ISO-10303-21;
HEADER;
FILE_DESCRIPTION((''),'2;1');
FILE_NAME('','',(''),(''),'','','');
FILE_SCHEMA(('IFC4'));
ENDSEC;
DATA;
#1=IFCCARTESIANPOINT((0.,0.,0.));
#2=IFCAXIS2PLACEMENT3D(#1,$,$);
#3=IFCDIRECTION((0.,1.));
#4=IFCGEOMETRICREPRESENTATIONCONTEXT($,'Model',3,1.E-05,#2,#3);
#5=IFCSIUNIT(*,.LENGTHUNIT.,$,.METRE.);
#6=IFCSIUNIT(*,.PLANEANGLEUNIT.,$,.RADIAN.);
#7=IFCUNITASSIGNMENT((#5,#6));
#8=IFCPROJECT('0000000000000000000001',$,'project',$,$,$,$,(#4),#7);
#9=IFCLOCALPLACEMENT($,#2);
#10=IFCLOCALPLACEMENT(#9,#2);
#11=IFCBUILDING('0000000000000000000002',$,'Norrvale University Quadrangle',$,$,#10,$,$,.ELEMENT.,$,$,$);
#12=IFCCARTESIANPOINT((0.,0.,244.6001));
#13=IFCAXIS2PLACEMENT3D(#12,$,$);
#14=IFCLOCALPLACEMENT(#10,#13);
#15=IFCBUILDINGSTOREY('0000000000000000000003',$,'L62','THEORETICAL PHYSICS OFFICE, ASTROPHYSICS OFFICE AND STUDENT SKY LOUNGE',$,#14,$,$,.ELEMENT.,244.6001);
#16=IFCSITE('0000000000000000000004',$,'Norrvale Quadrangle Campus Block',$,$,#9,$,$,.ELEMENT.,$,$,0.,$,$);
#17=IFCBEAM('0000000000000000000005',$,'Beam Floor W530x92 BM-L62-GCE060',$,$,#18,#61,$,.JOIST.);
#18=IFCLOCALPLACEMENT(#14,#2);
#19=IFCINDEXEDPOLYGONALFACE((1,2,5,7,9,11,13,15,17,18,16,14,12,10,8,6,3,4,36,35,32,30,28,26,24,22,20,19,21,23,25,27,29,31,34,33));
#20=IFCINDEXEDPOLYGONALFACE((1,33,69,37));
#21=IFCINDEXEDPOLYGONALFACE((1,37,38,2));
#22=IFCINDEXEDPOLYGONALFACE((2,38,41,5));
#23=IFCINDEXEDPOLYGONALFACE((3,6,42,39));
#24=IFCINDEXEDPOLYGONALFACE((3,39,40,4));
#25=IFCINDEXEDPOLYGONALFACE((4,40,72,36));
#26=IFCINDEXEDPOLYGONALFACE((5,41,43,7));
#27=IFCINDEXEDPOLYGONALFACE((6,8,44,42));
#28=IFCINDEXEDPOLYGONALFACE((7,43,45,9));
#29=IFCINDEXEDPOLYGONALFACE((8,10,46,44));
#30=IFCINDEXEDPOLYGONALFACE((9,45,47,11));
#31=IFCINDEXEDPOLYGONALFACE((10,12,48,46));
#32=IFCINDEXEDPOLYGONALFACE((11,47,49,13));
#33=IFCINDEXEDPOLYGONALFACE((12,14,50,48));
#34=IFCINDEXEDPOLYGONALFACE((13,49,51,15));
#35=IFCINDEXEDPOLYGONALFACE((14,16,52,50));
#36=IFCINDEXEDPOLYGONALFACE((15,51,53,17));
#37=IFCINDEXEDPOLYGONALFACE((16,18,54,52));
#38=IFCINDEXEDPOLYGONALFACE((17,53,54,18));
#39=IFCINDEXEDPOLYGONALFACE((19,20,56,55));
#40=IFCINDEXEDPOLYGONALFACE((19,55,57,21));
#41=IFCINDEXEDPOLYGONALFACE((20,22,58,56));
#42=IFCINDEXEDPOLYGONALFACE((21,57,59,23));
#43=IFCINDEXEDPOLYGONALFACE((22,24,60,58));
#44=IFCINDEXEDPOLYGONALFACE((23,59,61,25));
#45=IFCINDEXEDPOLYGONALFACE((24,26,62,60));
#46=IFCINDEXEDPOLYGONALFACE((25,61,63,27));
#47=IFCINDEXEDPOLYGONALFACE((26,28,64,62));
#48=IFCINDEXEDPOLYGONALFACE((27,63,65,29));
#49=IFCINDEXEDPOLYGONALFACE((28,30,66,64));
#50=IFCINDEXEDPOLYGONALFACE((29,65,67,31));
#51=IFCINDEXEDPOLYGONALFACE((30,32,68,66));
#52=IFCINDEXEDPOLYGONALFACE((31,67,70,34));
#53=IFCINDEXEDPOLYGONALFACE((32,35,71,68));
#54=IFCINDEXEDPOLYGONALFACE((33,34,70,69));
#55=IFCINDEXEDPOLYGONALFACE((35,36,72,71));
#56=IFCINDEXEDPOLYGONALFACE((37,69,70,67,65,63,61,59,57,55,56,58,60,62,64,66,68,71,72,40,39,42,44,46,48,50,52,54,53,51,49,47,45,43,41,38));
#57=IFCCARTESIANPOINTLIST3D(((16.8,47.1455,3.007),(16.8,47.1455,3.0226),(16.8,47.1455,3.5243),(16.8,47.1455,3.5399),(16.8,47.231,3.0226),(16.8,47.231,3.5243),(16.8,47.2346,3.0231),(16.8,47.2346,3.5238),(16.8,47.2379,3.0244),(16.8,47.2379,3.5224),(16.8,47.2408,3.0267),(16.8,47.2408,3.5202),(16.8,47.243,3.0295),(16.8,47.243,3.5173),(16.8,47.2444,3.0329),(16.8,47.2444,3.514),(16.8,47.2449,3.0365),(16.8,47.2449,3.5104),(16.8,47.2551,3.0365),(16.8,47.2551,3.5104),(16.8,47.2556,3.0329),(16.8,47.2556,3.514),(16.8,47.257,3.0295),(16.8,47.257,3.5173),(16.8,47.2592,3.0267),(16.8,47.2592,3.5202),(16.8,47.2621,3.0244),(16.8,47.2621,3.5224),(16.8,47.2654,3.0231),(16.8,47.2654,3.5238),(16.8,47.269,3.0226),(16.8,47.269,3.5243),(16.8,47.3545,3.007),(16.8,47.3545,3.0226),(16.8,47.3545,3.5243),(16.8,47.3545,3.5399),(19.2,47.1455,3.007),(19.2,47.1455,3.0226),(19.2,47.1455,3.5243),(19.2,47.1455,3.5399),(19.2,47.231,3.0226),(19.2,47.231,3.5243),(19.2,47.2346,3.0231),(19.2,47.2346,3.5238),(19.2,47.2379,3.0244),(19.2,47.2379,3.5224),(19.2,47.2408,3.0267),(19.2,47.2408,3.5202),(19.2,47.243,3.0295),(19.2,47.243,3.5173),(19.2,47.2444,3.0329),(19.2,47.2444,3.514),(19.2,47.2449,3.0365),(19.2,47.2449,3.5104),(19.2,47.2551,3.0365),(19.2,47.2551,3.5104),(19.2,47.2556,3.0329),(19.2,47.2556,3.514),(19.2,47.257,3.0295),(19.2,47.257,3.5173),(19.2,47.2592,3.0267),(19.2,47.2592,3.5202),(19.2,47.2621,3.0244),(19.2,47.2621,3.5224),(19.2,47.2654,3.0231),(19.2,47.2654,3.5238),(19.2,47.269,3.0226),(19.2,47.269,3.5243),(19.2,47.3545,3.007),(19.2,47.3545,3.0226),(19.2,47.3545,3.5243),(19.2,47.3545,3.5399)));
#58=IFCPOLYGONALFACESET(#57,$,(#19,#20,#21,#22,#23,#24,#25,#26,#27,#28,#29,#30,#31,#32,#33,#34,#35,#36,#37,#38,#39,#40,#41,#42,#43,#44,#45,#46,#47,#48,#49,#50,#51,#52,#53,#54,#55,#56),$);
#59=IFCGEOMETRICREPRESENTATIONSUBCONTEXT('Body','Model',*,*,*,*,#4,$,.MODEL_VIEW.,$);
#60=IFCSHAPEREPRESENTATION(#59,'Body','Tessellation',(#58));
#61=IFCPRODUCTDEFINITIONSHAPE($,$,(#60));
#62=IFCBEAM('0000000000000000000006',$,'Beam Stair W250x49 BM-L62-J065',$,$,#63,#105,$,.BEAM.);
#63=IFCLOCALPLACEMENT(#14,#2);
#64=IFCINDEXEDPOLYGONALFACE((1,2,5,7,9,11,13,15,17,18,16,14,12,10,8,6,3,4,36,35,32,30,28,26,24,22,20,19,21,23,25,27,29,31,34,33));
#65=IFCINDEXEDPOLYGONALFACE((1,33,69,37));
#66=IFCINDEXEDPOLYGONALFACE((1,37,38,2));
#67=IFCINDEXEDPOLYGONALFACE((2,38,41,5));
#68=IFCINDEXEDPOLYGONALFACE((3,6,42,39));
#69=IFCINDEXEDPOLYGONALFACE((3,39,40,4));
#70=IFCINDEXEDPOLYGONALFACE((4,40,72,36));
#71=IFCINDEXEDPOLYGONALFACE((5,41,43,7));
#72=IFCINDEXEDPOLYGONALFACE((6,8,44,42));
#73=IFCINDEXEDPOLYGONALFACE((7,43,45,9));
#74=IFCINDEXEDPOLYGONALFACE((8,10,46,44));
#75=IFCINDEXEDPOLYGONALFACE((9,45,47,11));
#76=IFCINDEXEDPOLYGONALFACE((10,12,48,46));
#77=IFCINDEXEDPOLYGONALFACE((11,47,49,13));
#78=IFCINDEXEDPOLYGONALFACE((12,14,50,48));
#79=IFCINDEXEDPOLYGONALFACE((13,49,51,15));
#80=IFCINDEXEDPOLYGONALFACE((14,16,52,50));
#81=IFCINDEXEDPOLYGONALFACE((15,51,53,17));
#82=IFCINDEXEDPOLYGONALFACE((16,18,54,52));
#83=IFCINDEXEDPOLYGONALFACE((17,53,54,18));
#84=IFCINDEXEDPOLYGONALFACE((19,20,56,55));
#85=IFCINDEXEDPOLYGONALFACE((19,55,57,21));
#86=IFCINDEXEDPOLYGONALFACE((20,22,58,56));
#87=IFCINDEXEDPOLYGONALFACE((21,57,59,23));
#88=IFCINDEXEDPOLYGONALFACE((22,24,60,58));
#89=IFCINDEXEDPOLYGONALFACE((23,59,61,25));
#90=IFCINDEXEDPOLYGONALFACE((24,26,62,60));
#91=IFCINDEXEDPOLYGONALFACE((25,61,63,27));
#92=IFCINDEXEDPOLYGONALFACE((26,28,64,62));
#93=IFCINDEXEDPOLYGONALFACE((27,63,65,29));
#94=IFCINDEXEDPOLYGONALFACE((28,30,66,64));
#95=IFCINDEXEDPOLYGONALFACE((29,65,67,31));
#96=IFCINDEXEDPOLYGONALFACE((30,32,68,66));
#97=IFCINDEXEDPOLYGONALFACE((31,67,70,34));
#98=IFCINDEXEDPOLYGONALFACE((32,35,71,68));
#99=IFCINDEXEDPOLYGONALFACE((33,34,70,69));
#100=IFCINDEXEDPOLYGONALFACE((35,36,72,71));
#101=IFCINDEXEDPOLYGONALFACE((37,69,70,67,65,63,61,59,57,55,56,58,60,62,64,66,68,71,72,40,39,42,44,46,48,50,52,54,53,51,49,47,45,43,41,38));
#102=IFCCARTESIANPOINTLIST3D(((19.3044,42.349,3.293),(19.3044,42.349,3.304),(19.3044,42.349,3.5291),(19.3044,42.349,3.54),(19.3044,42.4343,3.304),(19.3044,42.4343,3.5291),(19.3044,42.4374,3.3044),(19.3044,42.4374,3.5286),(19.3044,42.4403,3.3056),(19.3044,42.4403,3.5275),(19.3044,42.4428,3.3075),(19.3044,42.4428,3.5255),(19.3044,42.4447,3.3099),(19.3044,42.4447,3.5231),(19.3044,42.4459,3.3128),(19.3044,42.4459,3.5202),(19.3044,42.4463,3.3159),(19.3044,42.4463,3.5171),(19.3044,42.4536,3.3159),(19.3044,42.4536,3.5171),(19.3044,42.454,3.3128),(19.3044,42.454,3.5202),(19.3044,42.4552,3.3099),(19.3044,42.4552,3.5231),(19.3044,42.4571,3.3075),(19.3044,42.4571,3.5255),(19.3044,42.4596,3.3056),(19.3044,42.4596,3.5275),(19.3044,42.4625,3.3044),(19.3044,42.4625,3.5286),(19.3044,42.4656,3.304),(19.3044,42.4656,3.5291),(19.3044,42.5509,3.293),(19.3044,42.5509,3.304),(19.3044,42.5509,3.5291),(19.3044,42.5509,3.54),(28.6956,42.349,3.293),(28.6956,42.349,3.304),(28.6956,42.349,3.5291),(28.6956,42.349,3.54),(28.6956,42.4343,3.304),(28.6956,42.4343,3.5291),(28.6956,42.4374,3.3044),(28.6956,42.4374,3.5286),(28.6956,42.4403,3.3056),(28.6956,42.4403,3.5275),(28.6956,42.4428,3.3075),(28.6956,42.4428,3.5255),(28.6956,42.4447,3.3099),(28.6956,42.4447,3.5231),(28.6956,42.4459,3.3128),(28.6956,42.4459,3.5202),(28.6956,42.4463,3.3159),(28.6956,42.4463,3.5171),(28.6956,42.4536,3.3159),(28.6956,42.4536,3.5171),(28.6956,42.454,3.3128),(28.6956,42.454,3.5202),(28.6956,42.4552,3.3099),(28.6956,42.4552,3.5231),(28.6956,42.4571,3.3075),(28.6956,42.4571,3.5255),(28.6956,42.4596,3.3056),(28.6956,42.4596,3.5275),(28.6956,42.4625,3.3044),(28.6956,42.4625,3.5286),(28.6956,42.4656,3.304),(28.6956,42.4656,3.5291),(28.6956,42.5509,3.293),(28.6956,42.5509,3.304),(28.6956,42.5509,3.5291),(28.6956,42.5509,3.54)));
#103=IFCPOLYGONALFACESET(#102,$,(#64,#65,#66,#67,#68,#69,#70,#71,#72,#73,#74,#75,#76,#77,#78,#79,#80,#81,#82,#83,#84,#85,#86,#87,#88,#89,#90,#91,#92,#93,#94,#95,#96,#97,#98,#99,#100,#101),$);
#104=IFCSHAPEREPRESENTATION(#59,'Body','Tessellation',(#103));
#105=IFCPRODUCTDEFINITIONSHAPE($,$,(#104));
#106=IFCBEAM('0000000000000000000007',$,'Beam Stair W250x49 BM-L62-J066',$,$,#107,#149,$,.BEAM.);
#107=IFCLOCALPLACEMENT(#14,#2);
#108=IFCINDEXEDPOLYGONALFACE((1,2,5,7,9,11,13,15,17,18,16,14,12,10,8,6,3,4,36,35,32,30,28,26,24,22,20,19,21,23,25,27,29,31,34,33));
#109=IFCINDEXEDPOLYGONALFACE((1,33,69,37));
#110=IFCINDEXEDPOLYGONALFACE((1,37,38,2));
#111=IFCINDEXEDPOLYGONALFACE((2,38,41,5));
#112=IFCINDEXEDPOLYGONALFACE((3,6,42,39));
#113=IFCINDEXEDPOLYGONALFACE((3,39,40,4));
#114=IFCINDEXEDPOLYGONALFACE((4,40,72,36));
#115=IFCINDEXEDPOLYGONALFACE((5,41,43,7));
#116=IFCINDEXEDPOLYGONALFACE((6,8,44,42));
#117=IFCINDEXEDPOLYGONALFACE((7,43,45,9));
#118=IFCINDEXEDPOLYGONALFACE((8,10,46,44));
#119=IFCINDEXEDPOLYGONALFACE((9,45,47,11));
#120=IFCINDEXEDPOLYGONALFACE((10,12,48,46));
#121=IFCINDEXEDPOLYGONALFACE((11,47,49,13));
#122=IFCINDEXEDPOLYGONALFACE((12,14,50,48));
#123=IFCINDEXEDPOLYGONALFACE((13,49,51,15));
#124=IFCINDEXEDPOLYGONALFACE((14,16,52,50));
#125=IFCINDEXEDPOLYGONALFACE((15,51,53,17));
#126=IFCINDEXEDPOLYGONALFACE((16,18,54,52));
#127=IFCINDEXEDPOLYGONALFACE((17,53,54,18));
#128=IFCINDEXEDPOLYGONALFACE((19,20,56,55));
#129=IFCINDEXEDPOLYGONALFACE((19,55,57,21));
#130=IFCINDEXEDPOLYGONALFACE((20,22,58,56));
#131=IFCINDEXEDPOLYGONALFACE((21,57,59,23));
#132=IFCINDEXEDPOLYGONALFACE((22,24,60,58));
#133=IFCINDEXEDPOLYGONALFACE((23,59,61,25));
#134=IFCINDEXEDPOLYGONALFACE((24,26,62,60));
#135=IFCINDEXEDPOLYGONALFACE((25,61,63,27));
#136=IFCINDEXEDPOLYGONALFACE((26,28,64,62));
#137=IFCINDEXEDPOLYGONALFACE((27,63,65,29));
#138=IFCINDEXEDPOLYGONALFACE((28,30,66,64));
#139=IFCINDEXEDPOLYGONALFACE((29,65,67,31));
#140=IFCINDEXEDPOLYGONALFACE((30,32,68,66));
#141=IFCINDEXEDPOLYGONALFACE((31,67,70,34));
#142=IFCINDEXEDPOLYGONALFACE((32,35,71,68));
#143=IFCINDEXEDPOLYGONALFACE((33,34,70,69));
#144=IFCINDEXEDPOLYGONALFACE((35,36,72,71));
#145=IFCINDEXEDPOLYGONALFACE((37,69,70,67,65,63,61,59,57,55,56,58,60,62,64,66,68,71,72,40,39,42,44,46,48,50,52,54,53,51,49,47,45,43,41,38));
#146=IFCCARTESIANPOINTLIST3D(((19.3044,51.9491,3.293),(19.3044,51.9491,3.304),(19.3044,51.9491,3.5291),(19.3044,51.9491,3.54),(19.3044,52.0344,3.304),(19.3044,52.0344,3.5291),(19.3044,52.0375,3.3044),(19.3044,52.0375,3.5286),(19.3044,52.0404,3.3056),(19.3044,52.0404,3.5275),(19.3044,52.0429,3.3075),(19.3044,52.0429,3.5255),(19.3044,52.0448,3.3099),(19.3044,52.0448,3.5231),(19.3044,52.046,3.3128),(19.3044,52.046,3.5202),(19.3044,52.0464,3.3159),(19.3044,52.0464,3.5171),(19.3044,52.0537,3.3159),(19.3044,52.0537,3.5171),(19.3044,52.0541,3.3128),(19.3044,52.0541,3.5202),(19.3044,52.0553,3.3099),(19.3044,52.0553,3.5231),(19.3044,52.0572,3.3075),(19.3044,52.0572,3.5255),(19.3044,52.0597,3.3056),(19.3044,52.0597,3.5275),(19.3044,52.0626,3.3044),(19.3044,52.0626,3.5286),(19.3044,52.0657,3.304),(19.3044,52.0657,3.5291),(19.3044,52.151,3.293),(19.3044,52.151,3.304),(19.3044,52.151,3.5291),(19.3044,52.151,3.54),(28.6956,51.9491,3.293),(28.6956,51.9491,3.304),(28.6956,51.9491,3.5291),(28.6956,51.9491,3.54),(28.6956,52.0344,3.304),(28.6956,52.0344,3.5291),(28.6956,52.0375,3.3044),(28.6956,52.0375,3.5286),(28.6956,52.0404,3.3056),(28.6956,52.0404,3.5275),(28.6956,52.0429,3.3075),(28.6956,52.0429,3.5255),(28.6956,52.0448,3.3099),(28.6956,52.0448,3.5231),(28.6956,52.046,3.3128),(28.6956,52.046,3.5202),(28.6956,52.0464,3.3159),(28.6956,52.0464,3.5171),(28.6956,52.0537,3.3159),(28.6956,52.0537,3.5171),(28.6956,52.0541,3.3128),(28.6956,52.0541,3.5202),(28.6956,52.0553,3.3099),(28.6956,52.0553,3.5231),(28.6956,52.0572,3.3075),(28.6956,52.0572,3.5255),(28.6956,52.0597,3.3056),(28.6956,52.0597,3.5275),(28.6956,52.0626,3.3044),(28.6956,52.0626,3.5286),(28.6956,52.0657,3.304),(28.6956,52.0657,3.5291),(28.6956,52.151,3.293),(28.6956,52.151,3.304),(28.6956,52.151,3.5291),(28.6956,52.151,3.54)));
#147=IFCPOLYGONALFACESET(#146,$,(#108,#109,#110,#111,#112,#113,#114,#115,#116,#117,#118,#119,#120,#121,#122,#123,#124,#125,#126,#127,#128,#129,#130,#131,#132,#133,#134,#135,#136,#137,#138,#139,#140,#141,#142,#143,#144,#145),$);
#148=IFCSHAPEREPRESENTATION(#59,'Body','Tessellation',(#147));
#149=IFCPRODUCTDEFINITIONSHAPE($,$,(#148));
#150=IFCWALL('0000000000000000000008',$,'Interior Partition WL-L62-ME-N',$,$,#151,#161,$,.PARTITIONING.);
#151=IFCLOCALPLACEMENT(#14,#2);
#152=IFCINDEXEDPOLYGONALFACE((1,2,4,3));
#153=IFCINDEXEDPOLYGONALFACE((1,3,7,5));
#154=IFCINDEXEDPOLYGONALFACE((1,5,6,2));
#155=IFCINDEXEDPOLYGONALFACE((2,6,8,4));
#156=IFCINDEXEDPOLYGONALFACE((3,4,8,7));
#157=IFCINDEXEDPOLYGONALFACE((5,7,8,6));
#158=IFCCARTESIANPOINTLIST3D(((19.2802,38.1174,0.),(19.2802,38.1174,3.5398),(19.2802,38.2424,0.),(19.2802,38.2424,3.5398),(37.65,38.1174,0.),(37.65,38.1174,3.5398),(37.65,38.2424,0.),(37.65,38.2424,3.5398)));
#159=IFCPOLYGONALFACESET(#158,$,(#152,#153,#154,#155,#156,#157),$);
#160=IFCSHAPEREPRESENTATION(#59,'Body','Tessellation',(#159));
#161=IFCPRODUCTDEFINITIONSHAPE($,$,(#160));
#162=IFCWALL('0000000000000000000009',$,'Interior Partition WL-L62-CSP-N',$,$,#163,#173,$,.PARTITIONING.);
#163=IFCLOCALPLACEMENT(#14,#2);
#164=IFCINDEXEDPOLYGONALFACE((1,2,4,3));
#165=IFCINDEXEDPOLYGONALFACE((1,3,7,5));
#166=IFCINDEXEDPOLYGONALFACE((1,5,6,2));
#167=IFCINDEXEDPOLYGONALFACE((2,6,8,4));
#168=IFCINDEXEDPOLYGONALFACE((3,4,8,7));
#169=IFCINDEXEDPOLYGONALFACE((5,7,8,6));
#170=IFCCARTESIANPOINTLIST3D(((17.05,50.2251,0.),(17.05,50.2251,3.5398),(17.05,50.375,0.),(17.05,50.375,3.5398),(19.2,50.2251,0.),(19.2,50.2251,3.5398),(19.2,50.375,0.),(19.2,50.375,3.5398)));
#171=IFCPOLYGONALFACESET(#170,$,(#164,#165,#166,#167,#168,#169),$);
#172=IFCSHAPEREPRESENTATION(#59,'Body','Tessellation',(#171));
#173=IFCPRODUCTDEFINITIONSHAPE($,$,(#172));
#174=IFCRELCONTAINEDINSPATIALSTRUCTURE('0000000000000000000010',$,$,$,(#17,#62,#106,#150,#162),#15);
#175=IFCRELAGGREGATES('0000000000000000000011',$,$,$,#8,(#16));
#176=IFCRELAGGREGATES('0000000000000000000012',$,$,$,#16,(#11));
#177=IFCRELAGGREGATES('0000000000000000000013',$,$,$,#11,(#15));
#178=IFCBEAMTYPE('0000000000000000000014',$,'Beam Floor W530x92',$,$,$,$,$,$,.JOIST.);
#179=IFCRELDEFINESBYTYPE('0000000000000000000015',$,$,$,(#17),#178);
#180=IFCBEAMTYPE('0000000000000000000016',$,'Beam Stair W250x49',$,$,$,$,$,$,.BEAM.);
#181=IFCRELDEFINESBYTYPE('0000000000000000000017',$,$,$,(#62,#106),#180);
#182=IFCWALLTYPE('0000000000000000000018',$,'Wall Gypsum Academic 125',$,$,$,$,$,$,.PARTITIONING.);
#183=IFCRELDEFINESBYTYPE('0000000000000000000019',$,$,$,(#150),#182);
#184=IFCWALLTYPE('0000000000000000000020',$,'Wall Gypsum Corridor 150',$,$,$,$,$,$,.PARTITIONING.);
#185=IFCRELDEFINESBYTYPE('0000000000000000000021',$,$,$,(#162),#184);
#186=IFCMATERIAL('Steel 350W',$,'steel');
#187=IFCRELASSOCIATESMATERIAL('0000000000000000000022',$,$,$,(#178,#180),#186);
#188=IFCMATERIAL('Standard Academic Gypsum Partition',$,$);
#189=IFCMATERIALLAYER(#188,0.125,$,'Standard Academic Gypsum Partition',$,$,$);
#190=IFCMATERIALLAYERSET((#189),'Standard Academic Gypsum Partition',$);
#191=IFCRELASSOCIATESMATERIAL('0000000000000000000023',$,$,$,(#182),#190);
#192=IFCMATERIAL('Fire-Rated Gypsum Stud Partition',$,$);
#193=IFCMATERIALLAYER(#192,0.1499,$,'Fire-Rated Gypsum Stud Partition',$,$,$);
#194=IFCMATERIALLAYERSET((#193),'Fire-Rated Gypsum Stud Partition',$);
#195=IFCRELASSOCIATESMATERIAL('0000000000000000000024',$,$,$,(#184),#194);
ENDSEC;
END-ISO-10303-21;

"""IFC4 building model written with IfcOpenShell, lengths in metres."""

from ifc_helpers import new_model, si_unit, direction, frame, frame_2d, origin, origin_2d, place, context, subcontext, project, spatial, rectangle, i_section, extrude, material, layer, layer_set, material_profile, profile_set, type_object, element, save


model = new_model("IFC4")

# Units and contexts
model_context = context("Model", 3, precision=1e-05, world=origin(), true_north=direction((0.0, 1.0)))
body_context = subcontext(model_context, "Body", "Model", "MODEL_VIEW")
ifc_project = project(units=[si_unit("LENGTHUNIT", "METRE"), si_unit("PLANEANGLEUNIT", "RADIAN")], contexts=[model_context])

# Site, building, storey
site_placement = place(None, origin())
site = spatial("IfcSite", under=ifc_project, at=site_placement, Name="Norrvale Quadrangle Campus Block", CompositionType="ELEMENT", RefElevation=0.0)
building_placement = place(site_placement, origin())
building = spatial("IfcBuilding", under=site, at=building_placement, Name="Norrvale University Quadrangle", CompositionType="ELEMENT")
storey_placement = place(building_placement, frame((0.0, 0.0, 244.6001)))
storey = spatial("IfcBuildingStorey", under=building, at=storey_placement, Name="L62", Description="THEORETICAL PHYSICS OFFICE, ASTROPHYSICS OFFICE AND STUDENT SKY LOUNGE", CompositionType="ELEMENT", Elevation=244.6001)

# Beams
ifc_material_1 = material(Name="Steel 350W", Category="steel")
ifc_material_profile_1 = material_profile(ifc_material_1, i_section(OverallWidth=0.209, OverallDepth=0.533, WebThickness=0.0103, FlangeThickness=0.0156, FilletRadius=0.0139, at=origin_2d()), Name="Steel 350W")
ifc_profile_set_1 = profile_set([ifc_material_profile_1], Name="Steel 350W")
beam_type_1 = type_object("IfcBeamType", Name="Beam Floor W530x92", PredefinedType="JOIST", material=ifc_profile_set_1)
beam_placement = place(storey_placement, frame((16.8, 47.25, 3.2734), z_axis=(1.0, 0.0, 0.0), x_axis=(0.0, 1.0, 0.0)))
element("IfcBeam", 1, at=beam_placement, inside=storey, type_object=beam_type_1, Name="Beam Floor W530x92 BM-L62-GCE060", PredefinedType="JOIST", context=body_context, shape_type="SweptSolid", body=[
    extrude(i_section(OverallWidth=0.209, OverallDepth=0.533, WebThickness=0.0103, FlangeThickness=0.0156, FilletRadius=0.0139, at=origin_2d()), origin(), (0.0, 0.0, 1.0), 2.3999),
])
ifc_material_profile_2 = material_profile(ifc_material_1, i_section(OverallWidth=0.2019, OverallDepth=0.2471, WebThickness=0.0073, FlangeThickness=0.011, FilletRadius=0.012, at=origin_2d()), Name="Steel 350W")
ifc_profile_set_2 = profile_set([ifc_material_profile_2], Name="Steel 350W")
beam_type_2 = type_object("IfcBeamType", Name="Beam Stair W250x49", PredefinedType="BEAM", material=ifc_profile_set_2)
for number, where, z_axis, x_axis, name in (
    (2, (19.3044, 42.45, 3.4165), (1.0, 0.0, 0.0), (0.0, 1.0, 0.0), "Beam Stair W250x49 BM-L62-J065"),
    (3, (19.3044, 52.05, 3.4165), (1.0, 0.0, 0.0), (0.0, 1.0, 0.0), "Beam Stair W250x49 BM-L62-J066"),
):
    element("IfcBeam", number, at=place(storey_placement, frame(where, z_axis=z_axis, x_axis=x_axis)), inside=storey, type_object=beam_type_2, Name=name, PredefinedType="BEAM", context=body_context, shape_type="SweptSolid", body=[
        extrude(i_section(OverallWidth=0.2019, OverallDepth=0.2471, WebThickness=0.0073, FlangeThickness=0.011, FilletRadius=0.012, at=origin_2d()), origin(), (0.0, 0.0, 1.0), 9.3911),
    ])

# Walls
ifc_material_2 = material(Name="Standard Academic Gypsum Partition")
ifc_layer_1 = layer(ifc_material_2, 0.125, Name="Standard Academic Gypsum Partition")
ifc_layer_set_1 = layer_set([ifc_layer_1], Name="Standard Academic Gypsum Partition")
wall_type_1 = type_object("IfcWallType", Name="Wall Gypsum Academic 125", PredefinedType="PARTITIONING", material=ifc_layer_set_1)
wall_1_placement = place(storey_placement, frame((19.28, 38.1799, 0.0), z_axis=(0.0, 0.0, 1.0), x_axis=(1.0, 0.0, 0.0)))
element("IfcWall", 4, at=wall_1_placement, inside=storey, type_object=wall_type_1, Name="Interior Partition WL-L62-ME-N", PredefinedType="PARTITIONING", context=body_context, shape_type="SweptSolid", body=[
    extrude(rectangle(XDim=18.3699, YDim=0.125, at=frame_2d((9.1851, 0.0))), origin(), (0.0, 0.0, 1.0), 3.5398),
])
ifc_material_3 = material(Name="Fire-Rated Gypsum Stud Partition")
ifc_layer_2 = layer(ifc_material_3, 0.1499, Name="Fire-Rated Gypsum Stud Partition")
ifc_layer_set_2 = layer_set([ifc_layer_2], Name="Fire-Rated Gypsum Stud Partition")
wall_type_2 = type_object("IfcWallType", Name="Wall Gypsum Corridor 150", PredefinedType="PARTITIONING", material=ifc_layer_set_2)
wall_2_placement = place(storey_placement, frame((17.05, 50.3, 0.0), z_axis=(0.0, 0.0, 1.0), x_axis=(1.0, 0.0, 0.0)))
element("IfcWall", 5, at=wall_2_placement, inside=storey, type_object=wall_type_2, Name="Interior Partition WL-L62-CSP-N", PredefinedType="PARTITIONING", context=body_context, shape_type="SweptSolid", body=[
    extrude(rectangle(XDim=2.1499, YDim=0.1499, at=frame_2d((1.075, 0.0))), origin(), (0.0, 0.0, 1.0), 3.5398),
])

save(model, "model.ifc")
